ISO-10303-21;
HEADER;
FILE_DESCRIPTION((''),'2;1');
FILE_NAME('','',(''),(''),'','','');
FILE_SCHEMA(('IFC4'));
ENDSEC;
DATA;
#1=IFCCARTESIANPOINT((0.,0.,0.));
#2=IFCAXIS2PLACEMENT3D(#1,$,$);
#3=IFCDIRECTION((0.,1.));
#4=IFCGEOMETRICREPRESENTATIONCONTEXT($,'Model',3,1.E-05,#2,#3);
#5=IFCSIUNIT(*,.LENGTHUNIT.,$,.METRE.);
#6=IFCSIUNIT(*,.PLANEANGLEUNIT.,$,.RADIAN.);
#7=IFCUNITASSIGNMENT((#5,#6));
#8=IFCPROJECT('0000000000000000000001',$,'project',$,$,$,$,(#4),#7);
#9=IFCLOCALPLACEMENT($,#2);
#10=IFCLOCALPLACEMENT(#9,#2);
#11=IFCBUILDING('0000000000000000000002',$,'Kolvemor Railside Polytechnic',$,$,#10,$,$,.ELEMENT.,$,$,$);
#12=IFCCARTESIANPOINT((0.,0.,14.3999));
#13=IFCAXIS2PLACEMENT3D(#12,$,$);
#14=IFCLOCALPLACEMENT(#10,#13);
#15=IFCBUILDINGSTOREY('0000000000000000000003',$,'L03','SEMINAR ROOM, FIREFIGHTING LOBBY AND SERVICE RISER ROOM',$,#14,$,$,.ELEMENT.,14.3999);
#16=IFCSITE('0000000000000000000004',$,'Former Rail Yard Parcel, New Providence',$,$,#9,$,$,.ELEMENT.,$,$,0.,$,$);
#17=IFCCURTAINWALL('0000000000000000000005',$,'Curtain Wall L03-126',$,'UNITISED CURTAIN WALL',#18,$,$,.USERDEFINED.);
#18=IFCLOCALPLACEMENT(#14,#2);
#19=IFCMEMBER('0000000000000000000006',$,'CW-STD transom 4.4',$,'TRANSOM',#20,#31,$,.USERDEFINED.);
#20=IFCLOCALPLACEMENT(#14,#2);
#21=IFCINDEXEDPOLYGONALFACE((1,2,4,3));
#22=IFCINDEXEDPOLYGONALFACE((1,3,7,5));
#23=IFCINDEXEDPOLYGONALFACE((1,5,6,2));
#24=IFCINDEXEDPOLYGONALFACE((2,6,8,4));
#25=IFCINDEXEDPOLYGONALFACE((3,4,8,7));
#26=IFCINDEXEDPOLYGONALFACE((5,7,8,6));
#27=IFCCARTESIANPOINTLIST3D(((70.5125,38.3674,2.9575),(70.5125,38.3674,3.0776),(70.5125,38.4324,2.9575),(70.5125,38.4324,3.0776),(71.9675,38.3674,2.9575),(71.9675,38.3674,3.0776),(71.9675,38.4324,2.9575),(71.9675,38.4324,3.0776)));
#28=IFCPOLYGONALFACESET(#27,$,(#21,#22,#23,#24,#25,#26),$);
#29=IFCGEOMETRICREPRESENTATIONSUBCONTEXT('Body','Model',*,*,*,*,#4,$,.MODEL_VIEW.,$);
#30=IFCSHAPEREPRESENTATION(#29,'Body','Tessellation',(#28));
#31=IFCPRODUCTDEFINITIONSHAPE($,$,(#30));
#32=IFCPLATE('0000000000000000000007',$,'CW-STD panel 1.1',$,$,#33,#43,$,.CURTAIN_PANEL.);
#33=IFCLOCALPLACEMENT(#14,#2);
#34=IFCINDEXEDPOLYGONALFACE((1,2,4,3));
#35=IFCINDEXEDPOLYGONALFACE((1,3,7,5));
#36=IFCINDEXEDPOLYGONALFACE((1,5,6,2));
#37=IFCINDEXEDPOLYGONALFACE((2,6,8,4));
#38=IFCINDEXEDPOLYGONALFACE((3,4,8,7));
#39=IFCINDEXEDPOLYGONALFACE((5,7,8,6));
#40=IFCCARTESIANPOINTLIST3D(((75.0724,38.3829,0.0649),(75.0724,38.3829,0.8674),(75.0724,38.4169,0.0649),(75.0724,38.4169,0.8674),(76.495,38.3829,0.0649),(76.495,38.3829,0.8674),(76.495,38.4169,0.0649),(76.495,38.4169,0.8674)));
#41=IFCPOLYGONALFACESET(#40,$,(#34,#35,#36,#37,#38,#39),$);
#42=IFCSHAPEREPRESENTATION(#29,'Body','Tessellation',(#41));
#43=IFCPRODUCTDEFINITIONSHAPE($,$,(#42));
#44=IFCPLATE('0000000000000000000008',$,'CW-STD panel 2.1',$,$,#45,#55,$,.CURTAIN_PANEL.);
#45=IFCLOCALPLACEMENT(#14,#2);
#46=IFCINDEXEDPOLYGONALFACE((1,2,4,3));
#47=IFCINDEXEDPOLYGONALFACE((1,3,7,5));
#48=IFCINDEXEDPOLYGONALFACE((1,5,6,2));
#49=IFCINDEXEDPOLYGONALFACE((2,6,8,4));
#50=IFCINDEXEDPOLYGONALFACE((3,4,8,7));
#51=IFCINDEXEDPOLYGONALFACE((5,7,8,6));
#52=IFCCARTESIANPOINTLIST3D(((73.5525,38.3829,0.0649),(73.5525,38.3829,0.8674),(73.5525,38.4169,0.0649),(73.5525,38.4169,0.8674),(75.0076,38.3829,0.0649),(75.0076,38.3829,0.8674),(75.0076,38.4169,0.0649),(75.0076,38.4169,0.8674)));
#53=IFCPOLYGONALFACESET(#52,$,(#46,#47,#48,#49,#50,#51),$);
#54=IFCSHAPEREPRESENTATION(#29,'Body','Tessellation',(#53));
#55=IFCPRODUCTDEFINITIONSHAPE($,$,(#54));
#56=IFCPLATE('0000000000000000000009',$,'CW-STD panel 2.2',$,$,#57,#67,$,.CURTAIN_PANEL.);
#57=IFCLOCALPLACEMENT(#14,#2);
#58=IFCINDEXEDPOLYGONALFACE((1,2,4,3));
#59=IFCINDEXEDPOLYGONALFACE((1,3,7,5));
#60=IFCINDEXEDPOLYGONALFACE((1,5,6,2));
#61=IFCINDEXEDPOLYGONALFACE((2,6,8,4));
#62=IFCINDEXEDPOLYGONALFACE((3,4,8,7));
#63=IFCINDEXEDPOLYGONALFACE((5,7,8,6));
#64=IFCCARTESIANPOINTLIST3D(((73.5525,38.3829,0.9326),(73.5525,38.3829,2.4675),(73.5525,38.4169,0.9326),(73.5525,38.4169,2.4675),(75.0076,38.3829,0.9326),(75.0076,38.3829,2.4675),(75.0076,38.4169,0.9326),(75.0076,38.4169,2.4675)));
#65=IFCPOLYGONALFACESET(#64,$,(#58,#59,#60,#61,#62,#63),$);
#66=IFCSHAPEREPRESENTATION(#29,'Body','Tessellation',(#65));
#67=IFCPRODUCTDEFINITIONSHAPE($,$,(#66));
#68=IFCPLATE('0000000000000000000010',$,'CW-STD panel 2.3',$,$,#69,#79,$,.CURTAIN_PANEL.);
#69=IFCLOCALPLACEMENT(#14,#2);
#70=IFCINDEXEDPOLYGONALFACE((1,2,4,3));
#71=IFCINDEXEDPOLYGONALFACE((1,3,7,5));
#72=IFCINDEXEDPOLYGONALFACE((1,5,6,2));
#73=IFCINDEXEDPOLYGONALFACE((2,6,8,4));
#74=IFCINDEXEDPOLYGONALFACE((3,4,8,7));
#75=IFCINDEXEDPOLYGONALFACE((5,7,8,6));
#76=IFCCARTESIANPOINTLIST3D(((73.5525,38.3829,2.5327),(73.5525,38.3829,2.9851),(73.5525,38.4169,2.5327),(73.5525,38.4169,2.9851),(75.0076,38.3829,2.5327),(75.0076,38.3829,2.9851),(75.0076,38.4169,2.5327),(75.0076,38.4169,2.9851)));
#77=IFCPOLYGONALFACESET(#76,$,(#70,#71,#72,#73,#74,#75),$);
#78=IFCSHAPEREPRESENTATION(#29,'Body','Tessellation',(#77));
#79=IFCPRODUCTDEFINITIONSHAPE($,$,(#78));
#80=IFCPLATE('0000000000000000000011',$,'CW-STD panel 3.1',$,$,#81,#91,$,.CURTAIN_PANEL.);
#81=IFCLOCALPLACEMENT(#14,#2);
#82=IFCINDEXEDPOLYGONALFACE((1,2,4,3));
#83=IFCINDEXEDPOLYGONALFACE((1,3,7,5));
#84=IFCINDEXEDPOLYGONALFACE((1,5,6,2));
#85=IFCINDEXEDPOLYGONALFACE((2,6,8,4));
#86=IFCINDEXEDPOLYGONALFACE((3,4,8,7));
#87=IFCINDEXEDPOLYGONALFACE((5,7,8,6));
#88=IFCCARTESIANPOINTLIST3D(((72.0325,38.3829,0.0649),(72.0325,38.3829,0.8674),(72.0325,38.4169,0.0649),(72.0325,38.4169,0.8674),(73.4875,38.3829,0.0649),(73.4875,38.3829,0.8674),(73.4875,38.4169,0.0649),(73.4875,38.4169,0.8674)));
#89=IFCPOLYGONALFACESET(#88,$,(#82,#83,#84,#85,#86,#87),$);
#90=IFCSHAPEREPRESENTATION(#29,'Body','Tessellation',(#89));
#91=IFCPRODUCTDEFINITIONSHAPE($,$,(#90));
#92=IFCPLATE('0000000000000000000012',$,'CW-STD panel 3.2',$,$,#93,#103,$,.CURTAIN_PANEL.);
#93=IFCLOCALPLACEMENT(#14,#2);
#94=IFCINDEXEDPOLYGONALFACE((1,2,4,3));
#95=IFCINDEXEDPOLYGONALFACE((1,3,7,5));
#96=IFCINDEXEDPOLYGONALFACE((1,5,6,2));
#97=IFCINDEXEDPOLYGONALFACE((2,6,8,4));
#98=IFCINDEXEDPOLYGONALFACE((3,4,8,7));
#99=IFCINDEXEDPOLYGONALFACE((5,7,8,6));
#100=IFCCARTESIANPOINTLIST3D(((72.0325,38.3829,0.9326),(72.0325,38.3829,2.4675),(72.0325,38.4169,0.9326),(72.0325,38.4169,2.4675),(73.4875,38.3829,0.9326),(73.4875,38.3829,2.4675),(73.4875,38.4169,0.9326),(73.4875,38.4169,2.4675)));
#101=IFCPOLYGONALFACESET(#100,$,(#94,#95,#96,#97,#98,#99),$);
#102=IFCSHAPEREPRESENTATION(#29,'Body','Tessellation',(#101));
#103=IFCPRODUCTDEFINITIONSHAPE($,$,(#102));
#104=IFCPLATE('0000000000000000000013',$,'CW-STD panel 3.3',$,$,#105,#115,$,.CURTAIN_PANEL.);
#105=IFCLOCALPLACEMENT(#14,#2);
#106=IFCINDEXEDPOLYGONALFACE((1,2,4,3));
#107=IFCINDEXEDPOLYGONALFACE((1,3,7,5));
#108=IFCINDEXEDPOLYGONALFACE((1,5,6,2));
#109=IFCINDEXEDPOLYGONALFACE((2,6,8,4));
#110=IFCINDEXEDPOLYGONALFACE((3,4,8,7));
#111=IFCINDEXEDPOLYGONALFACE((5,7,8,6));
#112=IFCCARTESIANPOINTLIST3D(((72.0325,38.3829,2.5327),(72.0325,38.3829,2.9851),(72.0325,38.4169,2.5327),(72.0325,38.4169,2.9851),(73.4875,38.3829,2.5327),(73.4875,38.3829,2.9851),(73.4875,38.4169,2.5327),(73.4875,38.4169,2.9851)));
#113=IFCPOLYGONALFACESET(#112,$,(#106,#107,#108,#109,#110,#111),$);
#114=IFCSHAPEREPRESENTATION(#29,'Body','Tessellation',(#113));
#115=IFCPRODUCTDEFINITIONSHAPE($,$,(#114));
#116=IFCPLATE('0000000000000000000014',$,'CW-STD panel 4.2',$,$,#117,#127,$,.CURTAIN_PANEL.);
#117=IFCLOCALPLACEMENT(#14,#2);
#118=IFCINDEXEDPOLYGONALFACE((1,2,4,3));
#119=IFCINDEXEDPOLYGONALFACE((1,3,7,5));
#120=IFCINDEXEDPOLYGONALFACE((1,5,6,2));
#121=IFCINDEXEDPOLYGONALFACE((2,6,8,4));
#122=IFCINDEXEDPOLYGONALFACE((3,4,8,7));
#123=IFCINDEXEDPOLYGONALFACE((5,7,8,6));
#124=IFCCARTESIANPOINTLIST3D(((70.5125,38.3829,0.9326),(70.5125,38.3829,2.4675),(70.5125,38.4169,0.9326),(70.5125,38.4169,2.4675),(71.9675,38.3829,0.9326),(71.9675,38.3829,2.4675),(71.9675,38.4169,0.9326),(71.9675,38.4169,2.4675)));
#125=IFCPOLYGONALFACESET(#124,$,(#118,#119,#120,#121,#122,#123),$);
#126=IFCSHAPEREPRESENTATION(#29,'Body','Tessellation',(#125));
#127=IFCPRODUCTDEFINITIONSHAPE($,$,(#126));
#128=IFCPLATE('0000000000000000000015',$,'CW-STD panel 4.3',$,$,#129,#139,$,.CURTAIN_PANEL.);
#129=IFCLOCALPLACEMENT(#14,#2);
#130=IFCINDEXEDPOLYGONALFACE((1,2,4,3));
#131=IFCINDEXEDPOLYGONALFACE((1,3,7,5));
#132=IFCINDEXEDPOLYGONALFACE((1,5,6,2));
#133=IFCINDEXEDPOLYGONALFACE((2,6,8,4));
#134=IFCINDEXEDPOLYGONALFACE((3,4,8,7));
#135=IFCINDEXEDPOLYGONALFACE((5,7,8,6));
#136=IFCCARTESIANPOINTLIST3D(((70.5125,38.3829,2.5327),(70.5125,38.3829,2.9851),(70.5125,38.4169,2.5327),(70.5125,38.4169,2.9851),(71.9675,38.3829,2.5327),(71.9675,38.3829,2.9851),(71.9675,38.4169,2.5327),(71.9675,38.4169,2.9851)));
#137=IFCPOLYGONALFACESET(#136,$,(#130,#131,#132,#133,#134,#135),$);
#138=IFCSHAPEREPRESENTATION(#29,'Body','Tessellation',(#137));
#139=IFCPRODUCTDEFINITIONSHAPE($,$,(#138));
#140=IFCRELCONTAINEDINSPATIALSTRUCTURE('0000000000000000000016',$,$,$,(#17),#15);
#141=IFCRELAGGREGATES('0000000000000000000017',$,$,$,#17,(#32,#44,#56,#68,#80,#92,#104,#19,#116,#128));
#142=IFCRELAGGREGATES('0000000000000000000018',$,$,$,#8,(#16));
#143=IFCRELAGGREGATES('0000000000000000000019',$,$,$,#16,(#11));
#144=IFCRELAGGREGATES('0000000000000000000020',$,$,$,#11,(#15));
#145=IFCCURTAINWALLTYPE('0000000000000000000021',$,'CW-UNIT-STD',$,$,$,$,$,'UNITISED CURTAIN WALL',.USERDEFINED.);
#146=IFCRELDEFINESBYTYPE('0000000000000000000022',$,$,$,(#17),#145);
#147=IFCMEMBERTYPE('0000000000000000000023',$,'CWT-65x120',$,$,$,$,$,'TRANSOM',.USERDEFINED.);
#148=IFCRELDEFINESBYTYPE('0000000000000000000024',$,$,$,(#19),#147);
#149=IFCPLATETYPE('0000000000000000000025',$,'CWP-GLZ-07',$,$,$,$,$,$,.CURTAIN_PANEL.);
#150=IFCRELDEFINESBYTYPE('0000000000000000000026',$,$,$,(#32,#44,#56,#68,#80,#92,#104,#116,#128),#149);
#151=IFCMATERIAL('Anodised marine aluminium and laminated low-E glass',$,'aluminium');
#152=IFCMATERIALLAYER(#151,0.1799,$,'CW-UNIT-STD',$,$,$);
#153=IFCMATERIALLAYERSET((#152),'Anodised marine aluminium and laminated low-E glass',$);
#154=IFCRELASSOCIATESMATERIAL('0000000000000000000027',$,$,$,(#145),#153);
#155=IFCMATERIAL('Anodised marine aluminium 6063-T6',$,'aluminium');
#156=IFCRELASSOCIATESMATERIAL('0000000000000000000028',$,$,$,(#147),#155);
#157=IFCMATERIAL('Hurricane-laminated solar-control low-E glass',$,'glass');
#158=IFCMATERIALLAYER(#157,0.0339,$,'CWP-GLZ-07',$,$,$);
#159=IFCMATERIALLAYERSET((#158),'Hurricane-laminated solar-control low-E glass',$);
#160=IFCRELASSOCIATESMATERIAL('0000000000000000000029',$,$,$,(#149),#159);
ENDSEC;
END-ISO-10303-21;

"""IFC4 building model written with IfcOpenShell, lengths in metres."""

from ifc_helpers import new_model, si_unit, direction, frame, origin, origin_2d, place, context, subcontext, project, spatial, rectangle, extrude, material, layer, layer_set, material_profile, profile_set, type_object, element, aggregate, save


model = new_model("IFC4")

# Units and contexts
model_context = context("Model", 3, precision=1e-05, world=origin(), true_north=direction((0.0, 1.0)))
body_context = subcontext(model_context, "Body", "Model", "MODEL_VIEW")
ifc_project = project(units=[si_unit("LENGTHUNIT", "METRE"), si_unit("PLANEANGLEUNIT", "RADIAN")], contexts=[model_context])

# Site, building, storey
site_placement = place(None, origin())
site = spatial("IfcSite", under=ifc_project, at=site_placement, Name="Former Rail Yard Parcel, New Providence", CompositionType="ELEMENT", RefElevation=0.0)
building_placement = place(site_placement, origin())
building = spatial("IfcBuilding", under=site, at=building_placement, Name="Kolvemor Railside Polytechnic", CompositionType="ELEMENT")
storey_placement = place(building_placement, frame((0.0, 0.0, 14.3999)))
storey = spatial("IfcBuildingStorey", under=building, at=storey_placement, Name="L03", Description="SEMINAR ROOM, FIREFIGHTING LOBBY AND SERVICE RISER ROOM", CompositionType="ELEMENT", Elevation=14.3999)

# Curtain wall, member, plates
ifc_material_1 = material(Name="Anodised marine aluminium and laminated low-E glass", Category="aluminium")
ifc_layer_1 = layer(ifc_material_1, 0.1799, Name="CW-UNIT-STD")
ifc_layer_set_1 = layer_set([ifc_layer_1], Name="Anodised marine aluminium and laminated low-E glass")
curtain_wall_type = type_object("IfcCurtainWallType", Name="CW-UNIT-STD", ElementType="UNITISED CURTAIN WALL", PredefinedType="USERDEFINED", material=ifc_layer_set_1)
curtain_wall_placement = place(storey_placement, origin())
curtain_wall = element("IfcCurtainWall", 1, at=curtain_wall_placement, inside=storey, type_object=curtain_wall_type, Name="Curtain Wall L03-126", ObjectType="UNITISED CURTAIN WALL", PredefinedType="USERDEFINED")
ifc_material_2 = material(Name="Anodised marine aluminium 6063-T6", Category="aluminium")
ifc_material_profile_1 = material_profile(ifc_material_2, rectangle(XDim=0.0649, YDim=0.1201, at=origin_2d()), Name="CW-TRN-65x120")
ifc_profile_set_1 = profile_set([ifc_material_profile_1], Name="Anodised marine aluminium 6063-T6")
member_type_1 = type_object("IfcMemberType", Name="CWT-65x120", ElementType="TRANSOM", PredefinedType="USERDEFINED", material=ifc_profile_set_1)
member_1_placement = place(storey_placement, frame((71.9675, 38.3999, 3.0176), z_axis=(-1.0, 0.0, 0.0), x_axis=(0.0, -1.0, 0.0)))
member_1 = element("IfcMember", 2, at=member_1_placement, type_object=member_type_1, Name="CW-STD transom 4.4", ObjectType="TRANSOM", PredefinedType="USERDEFINED", context=body_context, shape_type="SweptSolid", body=[
    extrude(rectangle(XDim=0.0649, YDim=0.1201, at=origin_2d()), origin(), (0.0, 0.0, 1.0), 1.4551),
])
ifc_material_3 = material(Name="Hurricane-laminated solar-control low-E glass", Category="glass")
ifc_layer_2 = layer(ifc_material_3, 0.0339, Name="CWP-GLZ-07")
ifc_layer_set_2 = layer_set([ifc_layer_2], Name="Hurricane-laminated solar-control low-E glass")
plate_type = type_object("IfcPlateType", Name="CWP-GLZ-07", PredefinedType="CURTAIN_PANEL", material=ifc_layer_set_2)
plate_1_placement = place(storey_placement, frame((75.7837, 38.3999, 0.0649), z_axis=(0.0, 0.0, 1.0), x_axis=(-1.0, 0.0, 0.0)))
plate_1 = element("IfcPlate", 3, at=plate_1_placement, type_object=plate_type, Name="CW-STD panel 1.1", PredefinedType="CURTAIN_PANEL", context=body_context, shape_type="SweptSolid", body=[
    extrude(rectangle(XDim=1.4226, YDim=0.0339, at=origin_2d()), origin(), (0.0, 0.0, 1.0), 0.8025),
])
plate_2_placement = place(storey_placement, frame((74.28, 38.3999, 0.0649), z_axis=(0.0, 0.0, 1.0), x_axis=(-1.0, 0.0, 0.0)))
plate_2 = element("IfcPlate", 4, at=plate_2_placement, type_object=plate_type, Name="CW-STD panel 2.1", PredefinedType="CURTAIN_PANEL", context=body_context, shape_type="SweptSolid", body=[
    extrude(rectangle(XDim=1.4551, YDim=0.0339, at=origin_2d()), origin(), (0.0, 0.0, 1.0), 0.8025),
])
plate_3_placement = place(storey_placement, frame((74.28, 38.3999, 0.9326), z_axis=(0.0, 0.0, 1.0), x_axis=(-1.0, 0.0, 0.0)))
plate_3 = element("IfcPlate", 5, at=plate_3_placement, type_object=plate_type, Name="CW-STD panel 2.2", PredefinedType="CURTAIN_PANEL", context=body_context, shape_type="SweptSolid", body=[
    extrude(rectangle(XDim=1.4551, YDim=0.0339, at=origin_2d()), origin(), (0.0, 0.0, 1.0), 1.5349),
])
plate_4_placement = place(storey_placement, frame((74.28, 38.3999, 2.5327), z_axis=(0.0, 0.0, 1.0), x_axis=(-1.0, 0.0, 0.0)))
plate_4 = element("IfcPlate", 6, at=plate_4_placement, type_object=plate_type, Name="CW-STD panel 2.3", PredefinedType="CURTAIN_PANEL", context=body_context, shape_type="SweptSolid", body=[
    extrude(rectangle(XDim=1.4551, YDim=0.0339, at=origin_2d()), origin(), (0.0, 0.0, 1.0), 0.4524),
])
plate_5_placement = place(storey_placement, frame((72.76, 38.3999, 0.0649), z_axis=(0.0, 0.0, 1.0), x_axis=(-1.0, 0.0, 0.0)))
plate_5 = element("IfcPlate", 7, at=plate_5_placement, type_object=plate_type, Name="CW-STD panel 3.1", PredefinedType="CURTAIN_PANEL", context=body_context, shape_type="SweptSolid", body=[
    extrude(rectangle(XDim=1.4551, YDim=0.0339, at=origin_2d()), origin(), (0.0, 0.0, 1.0), 0.8025),
])
plate_6_placement = place(storey_placement, frame((72.76, 38.3999, 0.9326), z_axis=(0.0, 0.0, 1.0), x_axis=(-1.0, 0.0, 0.0)))
plate_6 = element("IfcPlate", 8, at=plate_6_placement, type_object=plate_type, Name="CW-STD panel 3.2", PredefinedType="CURTAIN_PANEL", context=body_context, shape_type="SweptSolid", body=[
    extrude(rectangle(XDim=1.4551, YDim=0.0339, at=origin_2d()), origin(), (0.0, 0.0, 1.0), 1.5349),
])
plate_7_placement = place(storey_placement, frame((72.76, 38.3999, 2.5327), z_axis=(0.0, 0.0, 1.0), x_axis=(-1.0, 0.0, 0.0)))
plate_7 = element("IfcPlate", 9, at=plate_7_placement, type_object=plate_type, Name="CW-STD panel 3.3", PredefinedType="CURTAIN_PANEL", context=body_context, shape_type="SweptSolid", body=[
    extrude(rectangle(XDim=1.4551, YDim=0.0339, at=origin_2d()), origin(), (0.0, 0.0, 1.0), 0.4524),
])
plate_8_placement = place(storey_placement, frame((71.24, 38.3999, 0.9326), z_axis=(0.0, 0.0, 1.0), x_axis=(-1.0, 0.0, 0.0)))
plate_8 = element("IfcPlate", 10, at=plate_8_placement, type_object=plate_type, Name="CW-STD panel 4.2", PredefinedType="CURTAIN_PANEL", context=body_context, shape_type="SweptSolid", body=[
    extrude(rectangle(XDim=1.4551, YDim=0.0339, at=origin_2d()), origin(), (0.0, 0.0, 1.0), 1.5349),
])
plate_9_placement = place(storey_placement, frame((71.24, 38.3999, 2.5327), z_axis=(0.0, 0.0, 1.0), x_axis=(-1.0, 0.0, 0.0)))
plate_9 = element("IfcPlate", 11, at=plate_9_placement, type_object=plate_type, Name="CW-STD panel 4.3", PredefinedType="CURTAIN_PANEL", context=body_context, shape_type="SweptSolid", body=[
    extrude(rectangle(XDim=1.4551, YDim=0.0339, at=origin_2d()), origin(), (0.0, 0.0, 1.0), 0.4524),
])
aggregate(curtain_wall, [plate_1, plate_2, plate_3, plate_4, plate_5, plate_6, plate_7, member_1, plate_8, plate_9])

save(model, "model.ifc")
